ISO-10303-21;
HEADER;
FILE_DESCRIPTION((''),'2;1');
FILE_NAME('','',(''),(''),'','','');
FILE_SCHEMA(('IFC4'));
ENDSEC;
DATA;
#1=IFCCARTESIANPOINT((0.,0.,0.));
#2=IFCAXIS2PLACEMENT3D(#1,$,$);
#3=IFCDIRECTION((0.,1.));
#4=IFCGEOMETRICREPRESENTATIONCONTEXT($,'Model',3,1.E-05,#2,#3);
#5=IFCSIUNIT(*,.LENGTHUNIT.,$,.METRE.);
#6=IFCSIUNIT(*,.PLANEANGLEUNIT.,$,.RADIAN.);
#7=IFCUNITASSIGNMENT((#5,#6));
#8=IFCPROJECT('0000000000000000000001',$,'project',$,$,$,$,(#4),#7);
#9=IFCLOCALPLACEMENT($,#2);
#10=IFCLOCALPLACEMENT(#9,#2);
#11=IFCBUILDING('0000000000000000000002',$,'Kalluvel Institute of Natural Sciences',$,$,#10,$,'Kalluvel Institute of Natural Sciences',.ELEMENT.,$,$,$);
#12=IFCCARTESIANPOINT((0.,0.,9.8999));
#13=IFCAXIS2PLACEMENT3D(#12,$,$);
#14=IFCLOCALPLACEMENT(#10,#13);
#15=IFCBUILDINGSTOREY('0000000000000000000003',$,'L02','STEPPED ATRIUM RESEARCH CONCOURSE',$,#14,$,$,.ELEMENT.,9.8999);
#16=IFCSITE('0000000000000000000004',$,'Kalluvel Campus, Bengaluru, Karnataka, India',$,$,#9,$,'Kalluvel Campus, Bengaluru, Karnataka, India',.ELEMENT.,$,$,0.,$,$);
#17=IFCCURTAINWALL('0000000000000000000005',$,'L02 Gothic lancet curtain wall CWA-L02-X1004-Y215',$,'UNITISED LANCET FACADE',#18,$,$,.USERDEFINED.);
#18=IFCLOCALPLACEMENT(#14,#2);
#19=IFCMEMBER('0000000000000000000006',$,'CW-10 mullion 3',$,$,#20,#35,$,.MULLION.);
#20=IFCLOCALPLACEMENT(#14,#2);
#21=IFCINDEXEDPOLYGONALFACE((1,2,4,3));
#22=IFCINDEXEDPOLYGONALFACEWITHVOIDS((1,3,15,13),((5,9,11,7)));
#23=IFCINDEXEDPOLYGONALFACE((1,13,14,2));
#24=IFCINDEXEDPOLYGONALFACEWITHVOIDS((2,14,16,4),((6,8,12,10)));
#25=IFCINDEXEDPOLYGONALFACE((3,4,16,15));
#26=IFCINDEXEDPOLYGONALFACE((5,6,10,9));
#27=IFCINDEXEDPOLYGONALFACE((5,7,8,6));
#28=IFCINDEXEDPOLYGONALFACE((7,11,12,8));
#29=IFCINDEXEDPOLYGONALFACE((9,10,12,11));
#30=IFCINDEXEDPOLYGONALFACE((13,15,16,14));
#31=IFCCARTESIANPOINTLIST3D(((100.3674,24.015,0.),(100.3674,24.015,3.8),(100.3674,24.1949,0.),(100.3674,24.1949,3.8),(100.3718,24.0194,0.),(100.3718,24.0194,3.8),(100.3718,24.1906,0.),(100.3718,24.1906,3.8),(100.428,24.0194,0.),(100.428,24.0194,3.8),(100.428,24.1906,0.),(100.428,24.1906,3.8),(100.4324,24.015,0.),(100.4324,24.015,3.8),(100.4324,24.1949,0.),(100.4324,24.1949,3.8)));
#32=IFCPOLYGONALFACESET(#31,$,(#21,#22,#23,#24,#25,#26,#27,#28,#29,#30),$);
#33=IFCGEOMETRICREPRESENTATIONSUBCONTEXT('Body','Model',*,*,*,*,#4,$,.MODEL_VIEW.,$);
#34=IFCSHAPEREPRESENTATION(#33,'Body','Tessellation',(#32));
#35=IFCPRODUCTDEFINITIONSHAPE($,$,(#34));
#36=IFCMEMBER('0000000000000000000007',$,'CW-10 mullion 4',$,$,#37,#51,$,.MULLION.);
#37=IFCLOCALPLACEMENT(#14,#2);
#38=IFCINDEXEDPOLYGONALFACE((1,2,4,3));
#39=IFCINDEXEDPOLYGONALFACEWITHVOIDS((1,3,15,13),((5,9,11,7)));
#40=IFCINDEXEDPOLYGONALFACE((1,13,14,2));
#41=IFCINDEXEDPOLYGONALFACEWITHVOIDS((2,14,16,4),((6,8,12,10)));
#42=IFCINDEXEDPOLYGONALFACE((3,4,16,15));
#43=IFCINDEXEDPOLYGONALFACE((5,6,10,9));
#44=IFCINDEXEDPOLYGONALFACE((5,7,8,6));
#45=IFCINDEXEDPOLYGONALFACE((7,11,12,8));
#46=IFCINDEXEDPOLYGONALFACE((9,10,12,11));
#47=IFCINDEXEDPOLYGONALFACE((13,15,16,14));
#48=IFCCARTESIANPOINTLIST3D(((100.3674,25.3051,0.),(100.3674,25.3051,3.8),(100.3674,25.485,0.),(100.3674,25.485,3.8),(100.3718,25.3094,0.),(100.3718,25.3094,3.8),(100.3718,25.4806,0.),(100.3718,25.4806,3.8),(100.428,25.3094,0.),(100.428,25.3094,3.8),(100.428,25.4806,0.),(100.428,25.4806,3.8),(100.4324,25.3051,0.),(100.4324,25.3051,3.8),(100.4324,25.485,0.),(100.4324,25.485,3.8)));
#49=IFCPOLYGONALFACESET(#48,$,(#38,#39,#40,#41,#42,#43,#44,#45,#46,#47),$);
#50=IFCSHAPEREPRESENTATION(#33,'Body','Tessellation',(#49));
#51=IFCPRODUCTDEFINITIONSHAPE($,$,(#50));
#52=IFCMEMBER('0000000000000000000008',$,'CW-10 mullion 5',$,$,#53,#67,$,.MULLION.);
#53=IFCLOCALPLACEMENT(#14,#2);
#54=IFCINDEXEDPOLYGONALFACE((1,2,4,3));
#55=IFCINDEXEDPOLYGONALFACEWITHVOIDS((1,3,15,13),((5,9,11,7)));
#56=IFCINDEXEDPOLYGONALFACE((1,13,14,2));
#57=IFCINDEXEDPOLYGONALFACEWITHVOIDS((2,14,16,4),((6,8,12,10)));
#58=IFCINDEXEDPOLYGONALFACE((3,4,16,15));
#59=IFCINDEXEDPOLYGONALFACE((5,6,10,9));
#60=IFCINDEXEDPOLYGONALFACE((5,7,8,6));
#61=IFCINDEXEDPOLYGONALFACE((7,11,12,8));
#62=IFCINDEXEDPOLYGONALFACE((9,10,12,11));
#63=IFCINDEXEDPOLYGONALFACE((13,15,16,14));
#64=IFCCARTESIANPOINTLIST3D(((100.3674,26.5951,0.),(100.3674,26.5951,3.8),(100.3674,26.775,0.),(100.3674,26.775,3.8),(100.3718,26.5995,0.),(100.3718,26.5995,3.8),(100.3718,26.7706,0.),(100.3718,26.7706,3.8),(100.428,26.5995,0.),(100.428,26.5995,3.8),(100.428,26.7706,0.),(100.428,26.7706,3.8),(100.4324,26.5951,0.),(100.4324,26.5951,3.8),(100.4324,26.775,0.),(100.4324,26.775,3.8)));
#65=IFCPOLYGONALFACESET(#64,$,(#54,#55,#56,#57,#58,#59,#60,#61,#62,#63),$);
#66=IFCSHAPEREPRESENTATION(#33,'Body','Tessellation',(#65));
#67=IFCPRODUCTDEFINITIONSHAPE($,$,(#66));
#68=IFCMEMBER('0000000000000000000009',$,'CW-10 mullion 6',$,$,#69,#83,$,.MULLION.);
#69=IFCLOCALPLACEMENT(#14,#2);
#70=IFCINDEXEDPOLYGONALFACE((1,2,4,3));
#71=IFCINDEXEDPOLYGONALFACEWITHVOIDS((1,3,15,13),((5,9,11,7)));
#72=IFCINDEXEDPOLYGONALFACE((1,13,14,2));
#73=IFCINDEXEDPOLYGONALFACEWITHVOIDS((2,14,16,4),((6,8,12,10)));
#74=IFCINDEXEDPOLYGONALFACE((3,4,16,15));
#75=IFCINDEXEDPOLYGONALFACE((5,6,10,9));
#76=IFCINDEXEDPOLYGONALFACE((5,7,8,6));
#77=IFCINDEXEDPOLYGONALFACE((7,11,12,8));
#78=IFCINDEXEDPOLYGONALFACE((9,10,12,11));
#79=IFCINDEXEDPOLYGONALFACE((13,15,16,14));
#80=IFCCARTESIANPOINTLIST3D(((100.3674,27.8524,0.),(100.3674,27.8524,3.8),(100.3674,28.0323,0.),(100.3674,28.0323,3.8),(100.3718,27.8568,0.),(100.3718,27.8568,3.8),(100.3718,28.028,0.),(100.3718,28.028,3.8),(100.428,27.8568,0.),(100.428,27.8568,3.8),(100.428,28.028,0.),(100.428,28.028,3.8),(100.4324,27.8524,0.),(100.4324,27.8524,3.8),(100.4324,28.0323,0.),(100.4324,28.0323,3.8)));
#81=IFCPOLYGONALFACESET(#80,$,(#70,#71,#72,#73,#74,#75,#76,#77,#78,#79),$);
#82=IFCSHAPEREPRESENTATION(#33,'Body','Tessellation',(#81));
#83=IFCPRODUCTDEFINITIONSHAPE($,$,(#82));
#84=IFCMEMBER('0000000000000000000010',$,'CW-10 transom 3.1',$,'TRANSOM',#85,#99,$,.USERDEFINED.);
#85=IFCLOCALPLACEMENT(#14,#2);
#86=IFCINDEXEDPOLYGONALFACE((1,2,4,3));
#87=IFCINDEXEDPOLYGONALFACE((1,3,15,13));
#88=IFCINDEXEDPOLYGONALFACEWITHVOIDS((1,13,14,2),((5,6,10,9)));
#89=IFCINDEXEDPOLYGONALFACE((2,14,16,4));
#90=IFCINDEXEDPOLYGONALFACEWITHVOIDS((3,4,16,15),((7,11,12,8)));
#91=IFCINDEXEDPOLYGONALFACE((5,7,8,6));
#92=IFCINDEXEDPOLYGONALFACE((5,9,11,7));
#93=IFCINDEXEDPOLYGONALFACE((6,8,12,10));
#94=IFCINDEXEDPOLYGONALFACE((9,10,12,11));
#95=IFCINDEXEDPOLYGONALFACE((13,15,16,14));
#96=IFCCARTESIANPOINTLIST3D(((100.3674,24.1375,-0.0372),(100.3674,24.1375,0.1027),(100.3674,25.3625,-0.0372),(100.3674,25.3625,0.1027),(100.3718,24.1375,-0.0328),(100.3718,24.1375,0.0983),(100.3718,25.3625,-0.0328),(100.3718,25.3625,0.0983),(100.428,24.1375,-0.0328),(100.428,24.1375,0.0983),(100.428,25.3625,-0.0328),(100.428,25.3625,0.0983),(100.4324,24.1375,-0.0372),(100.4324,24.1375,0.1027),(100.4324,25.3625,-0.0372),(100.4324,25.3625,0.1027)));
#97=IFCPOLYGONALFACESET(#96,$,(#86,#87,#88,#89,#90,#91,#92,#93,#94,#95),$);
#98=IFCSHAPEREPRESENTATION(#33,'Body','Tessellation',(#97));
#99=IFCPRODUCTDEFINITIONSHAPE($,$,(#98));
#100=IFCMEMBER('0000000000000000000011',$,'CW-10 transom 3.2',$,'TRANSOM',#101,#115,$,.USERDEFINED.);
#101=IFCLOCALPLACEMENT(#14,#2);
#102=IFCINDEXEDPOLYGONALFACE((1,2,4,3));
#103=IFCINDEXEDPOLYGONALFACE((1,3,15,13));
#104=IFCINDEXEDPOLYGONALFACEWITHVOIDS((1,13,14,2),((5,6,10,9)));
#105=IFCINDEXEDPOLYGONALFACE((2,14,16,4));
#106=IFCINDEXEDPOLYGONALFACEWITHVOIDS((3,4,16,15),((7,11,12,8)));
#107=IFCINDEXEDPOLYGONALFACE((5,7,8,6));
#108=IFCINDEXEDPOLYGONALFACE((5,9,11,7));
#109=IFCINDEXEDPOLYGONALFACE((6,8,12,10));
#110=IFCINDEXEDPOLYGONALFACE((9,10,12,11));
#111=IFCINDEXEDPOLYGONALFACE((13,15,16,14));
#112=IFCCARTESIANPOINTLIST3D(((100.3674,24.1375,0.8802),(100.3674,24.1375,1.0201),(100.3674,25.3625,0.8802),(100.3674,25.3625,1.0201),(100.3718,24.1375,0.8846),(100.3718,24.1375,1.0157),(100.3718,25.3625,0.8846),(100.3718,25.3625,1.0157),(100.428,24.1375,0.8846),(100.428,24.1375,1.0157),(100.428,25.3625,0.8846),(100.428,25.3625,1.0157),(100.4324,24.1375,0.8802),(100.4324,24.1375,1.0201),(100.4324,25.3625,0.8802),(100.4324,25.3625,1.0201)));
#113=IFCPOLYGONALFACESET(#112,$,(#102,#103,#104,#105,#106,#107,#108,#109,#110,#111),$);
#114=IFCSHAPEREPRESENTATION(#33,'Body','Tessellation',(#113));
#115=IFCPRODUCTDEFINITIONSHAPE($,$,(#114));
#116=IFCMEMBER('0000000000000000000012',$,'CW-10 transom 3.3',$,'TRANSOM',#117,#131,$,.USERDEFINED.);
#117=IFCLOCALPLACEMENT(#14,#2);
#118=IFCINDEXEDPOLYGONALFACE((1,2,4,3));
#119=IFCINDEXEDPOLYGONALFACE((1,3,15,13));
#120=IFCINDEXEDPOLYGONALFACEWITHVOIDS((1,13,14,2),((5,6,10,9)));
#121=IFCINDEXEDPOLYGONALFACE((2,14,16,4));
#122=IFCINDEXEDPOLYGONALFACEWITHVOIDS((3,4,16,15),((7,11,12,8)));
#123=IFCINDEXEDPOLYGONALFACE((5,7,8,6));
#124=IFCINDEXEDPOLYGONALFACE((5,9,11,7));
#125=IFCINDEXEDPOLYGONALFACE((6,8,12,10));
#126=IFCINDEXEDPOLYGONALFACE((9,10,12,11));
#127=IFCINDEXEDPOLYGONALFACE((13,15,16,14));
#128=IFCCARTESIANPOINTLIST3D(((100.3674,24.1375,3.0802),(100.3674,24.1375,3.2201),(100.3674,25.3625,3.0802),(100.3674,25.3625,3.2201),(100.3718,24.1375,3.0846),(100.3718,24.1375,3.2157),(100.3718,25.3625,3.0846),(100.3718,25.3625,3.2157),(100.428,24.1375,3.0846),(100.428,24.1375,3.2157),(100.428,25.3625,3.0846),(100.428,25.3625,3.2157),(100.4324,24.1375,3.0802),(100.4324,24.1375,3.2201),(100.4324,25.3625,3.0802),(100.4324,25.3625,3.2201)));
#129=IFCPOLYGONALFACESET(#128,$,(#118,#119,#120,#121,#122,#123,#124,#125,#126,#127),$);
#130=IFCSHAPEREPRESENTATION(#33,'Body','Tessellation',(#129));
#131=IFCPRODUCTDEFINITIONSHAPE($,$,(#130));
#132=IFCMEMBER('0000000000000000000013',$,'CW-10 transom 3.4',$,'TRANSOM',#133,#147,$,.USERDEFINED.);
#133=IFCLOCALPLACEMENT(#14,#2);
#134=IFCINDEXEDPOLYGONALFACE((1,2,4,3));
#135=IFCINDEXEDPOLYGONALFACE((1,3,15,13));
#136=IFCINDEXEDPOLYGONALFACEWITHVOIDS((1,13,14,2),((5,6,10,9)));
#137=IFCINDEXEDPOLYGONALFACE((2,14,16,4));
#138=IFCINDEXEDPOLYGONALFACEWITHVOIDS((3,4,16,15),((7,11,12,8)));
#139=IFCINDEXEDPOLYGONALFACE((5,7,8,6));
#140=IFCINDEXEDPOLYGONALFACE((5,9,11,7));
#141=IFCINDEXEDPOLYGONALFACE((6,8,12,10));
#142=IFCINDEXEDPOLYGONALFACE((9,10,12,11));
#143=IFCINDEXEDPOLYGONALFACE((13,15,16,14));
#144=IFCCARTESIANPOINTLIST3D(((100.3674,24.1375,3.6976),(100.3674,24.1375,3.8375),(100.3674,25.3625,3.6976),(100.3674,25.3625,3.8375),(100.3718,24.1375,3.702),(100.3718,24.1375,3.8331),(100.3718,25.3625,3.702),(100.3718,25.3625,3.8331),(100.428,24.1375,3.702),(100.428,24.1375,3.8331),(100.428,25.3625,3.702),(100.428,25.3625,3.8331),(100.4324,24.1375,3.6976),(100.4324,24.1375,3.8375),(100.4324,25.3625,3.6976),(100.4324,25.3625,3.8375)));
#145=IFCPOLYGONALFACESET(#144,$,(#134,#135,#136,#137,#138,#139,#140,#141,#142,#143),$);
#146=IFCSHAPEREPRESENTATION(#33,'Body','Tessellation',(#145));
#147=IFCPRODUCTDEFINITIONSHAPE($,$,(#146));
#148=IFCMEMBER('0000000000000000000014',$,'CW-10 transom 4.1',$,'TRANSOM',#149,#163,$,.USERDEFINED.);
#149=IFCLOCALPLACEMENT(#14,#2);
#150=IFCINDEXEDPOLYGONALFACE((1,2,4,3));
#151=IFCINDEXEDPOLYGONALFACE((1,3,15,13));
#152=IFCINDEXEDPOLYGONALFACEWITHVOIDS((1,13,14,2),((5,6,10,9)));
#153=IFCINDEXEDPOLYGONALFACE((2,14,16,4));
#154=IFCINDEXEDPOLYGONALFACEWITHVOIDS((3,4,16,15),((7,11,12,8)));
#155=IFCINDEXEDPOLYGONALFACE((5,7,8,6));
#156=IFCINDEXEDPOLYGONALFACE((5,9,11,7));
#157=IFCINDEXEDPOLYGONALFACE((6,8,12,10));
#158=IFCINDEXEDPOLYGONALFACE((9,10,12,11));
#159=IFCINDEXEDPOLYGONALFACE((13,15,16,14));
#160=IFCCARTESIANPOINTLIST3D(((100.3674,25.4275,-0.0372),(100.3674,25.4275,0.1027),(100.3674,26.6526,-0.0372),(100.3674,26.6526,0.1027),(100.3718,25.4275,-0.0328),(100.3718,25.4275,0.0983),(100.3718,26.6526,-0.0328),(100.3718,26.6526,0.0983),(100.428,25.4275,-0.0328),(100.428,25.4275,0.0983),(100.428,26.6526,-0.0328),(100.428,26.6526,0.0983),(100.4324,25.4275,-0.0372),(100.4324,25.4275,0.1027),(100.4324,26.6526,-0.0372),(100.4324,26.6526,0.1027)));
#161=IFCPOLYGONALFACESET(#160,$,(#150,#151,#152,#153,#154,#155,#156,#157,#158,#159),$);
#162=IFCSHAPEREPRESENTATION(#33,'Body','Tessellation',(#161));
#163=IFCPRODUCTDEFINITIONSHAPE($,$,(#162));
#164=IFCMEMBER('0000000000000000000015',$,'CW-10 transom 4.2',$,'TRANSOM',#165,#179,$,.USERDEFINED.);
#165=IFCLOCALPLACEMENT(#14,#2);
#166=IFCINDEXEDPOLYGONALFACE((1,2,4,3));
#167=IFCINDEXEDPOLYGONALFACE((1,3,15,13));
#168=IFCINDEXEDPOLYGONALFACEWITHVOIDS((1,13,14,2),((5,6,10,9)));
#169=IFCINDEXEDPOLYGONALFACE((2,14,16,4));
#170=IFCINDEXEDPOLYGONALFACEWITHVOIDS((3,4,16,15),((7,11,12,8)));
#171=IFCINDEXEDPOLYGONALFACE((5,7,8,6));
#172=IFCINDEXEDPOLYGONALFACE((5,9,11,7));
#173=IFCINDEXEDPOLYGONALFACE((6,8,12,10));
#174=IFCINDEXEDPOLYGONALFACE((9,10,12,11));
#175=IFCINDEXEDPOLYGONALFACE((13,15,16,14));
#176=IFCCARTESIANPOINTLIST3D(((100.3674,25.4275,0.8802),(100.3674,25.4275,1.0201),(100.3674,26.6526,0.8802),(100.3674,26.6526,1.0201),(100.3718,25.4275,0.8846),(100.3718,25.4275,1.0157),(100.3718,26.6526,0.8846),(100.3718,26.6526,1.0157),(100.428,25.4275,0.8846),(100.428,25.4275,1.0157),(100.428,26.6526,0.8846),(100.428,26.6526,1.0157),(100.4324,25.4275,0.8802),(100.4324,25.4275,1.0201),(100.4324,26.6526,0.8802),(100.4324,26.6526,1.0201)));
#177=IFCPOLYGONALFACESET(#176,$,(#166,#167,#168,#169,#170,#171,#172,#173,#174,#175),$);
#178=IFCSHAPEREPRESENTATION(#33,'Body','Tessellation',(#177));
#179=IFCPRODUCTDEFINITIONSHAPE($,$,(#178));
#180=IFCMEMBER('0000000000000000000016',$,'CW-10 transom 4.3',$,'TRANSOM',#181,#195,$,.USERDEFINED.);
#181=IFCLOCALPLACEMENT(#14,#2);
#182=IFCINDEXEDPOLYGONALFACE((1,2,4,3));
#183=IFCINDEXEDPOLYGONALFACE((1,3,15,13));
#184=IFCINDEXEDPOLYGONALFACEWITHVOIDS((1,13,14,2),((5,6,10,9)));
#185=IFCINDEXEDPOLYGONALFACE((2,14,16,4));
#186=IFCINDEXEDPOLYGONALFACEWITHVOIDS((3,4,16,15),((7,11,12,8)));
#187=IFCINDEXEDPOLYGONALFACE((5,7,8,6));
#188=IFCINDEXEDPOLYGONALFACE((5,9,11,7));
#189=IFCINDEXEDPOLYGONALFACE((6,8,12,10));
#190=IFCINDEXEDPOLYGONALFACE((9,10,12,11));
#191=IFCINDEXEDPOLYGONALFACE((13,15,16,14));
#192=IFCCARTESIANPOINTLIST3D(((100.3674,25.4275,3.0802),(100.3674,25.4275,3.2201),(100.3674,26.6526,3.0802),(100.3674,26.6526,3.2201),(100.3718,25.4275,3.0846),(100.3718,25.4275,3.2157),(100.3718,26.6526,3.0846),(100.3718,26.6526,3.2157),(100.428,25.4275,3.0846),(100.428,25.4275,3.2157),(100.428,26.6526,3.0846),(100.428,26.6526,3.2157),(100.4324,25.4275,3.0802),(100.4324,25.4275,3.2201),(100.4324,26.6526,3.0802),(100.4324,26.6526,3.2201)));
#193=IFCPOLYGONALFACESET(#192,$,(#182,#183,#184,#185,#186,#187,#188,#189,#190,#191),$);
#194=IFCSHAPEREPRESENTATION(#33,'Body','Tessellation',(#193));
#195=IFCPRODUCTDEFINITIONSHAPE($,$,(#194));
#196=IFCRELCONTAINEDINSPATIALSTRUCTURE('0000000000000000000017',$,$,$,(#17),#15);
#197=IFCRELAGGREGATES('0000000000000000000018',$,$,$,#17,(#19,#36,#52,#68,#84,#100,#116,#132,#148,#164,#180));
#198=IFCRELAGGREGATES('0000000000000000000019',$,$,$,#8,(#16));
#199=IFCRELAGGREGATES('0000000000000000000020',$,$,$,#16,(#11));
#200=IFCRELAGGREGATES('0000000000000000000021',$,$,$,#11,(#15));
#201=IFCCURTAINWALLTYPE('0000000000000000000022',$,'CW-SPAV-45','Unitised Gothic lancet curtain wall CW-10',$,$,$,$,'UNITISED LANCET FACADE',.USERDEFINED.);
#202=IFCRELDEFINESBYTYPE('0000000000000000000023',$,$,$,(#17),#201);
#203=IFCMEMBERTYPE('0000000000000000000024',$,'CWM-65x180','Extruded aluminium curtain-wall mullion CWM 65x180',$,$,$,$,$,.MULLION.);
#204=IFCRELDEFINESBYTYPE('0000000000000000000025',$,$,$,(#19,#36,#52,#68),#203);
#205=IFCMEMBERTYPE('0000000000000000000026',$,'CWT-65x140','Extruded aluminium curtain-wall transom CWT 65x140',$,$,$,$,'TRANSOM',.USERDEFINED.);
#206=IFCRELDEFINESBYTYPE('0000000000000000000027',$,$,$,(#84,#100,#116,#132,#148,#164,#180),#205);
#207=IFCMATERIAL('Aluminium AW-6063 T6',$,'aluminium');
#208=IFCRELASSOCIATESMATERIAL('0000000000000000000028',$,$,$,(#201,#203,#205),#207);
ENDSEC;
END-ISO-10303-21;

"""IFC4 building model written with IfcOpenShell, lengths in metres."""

from ifc_helpers import new_model, si_unit, direction, frame, origin, origin_2d, place, context, subcontext, project, spatial, hollow_rectangle, extrude, material, material_profile, profile_set, type_object, element, aggregate, save


model = new_model("IFC4")

# Units and contexts
model_context = context("Model", 3, precision=1e-05, world=origin(), true_north=direction((0.0, 1.0)))
body_context = subcontext(model_context, "Body", "Model", "MODEL_VIEW")
ifc_project = project(units=[si_unit("LENGTHUNIT", "METRE"), si_unit("PLANEANGLEUNIT", "RADIAN")], contexts=[model_context])

# Site, building, storey
site_placement = place(None, origin())
site = spatial("IfcSite", under=ifc_project, at=site_placement, Name="Kalluvel Campus, Bengaluru, Karnataka, India", LongName="Kalluvel Campus, Bengaluru, Karnataka, India", CompositionType="ELEMENT", RefElevation=0.0)
building_placement = place(site_placement, origin())
building = spatial("IfcBuilding", under=site, at=building_placement, Name="Kalluvel Institute of Natural Sciences", LongName="Kalluvel Institute of Natural Sciences", CompositionType="ELEMENT")
storey_placement = place(building_placement, frame((0.0, 0.0, 9.8999)))
storey = spatial("IfcBuildingStorey", under=building, at=storey_placement, Name="L02", Description="STEPPED ATRIUM RESEARCH CONCOURSE", CompositionType="ELEMENT", Elevation=9.8999)

# Curtain wall, members
ifc_material_1 = material(Name="Aluminium AW-6063 T6", Category="aluminium")
curtain_wall_type = type_object("IfcCurtainWallType", Name="CW-SPAV-45", Description="Unitised Gothic lancet curtain wall CW-10", ElementType="UNITISED LANCET FACADE", PredefinedType="USERDEFINED", material=ifc_material_1)
curtain_wall_placement = place(storey_placement, origin())
curtain_wall = element("IfcCurtainWall", 1, at=curtain_wall_placement, inside=storey, type_object=curtain_wall_type, Name="L02 Gothic lancet curtain wall CWA-L02-X1004-Y215", ObjectType="UNITISED LANCET FACADE", PredefinedType="USERDEFINED")
ifc_material_profile_1 = material_profile(ifc_material_1, hollow_rectangle(XDim=0.0649, YDim=0.1799, WallThickness=0.0044, at=origin_2d()), Name="CWM 65x180")
ifc_profile_set_1 = profile_set([ifc_material_profile_1], Name="Aluminium AW-6063 T6")
member_type_1 = type_object("IfcMemberType", Name="CWM-65x180", Description="Extruded aluminium curtain-wall mullion CWM 65x180", PredefinedType="MULLION", material=ifc_profile_set_1)
member_1_placement = place(storey_placement, frame((100.3999, 24.105, 0.0), z_axis=(0.0, 0.0, 1.0), x_axis=(-1.0, 0.0, 0.0)))
member_1 = element("IfcMember", 2, at=member_1_placement, type_object=member_type_1, Name="CW-10 mullion 3", PredefinedType="MULLION", context=body_context, shape_type="SweptSolid", body=[
    extrude(hollow_rectangle(XDim=0.0649, YDim=0.1799, WallThickness=0.0044, at=origin_2d()), origin(), (0.0, 0.0, 1.0), 3.8),
])
member_2_placement = place(storey_placement, frame((100.3999, 25.395, 0.0), z_axis=(0.0, 0.0, 1.0), x_axis=(-1.0, 0.0, 0.0)))
member_2 = element("IfcMember", 3, at=member_2_placement, type_object=member_type_1, Name="CW-10 mullion 4", PredefinedType="MULLION", context=body_context, shape_type="SweptSolid", body=[
    extrude(hollow_rectangle(XDim=0.0649, YDim=0.1799, WallThickness=0.0044, at=origin_2d()), origin(), (0.0, 0.0, 1.0), 3.8),
])
member_3_placement = place(storey_placement, frame((100.3999, 26.6851, 0.0), z_axis=(0.0, 0.0, 1.0), x_axis=(-1.0, 0.0, 0.0)))
member_3 = element("IfcMember", 4, at=member_3_placement, type_object=member_type_1, Name="CW-10 mullion 5", PredefinedType="MULLION", context=body_context, shape_type="SweptSolid", body=[
    extrude(hollow_rectangle(XDim=0.0649, YDim=0.1799, WallThickness=0.0044, at=origin_2d()), origin(), (0.0, 0.0, 1.0), 3.8),
])
member_4_placement = place(storey_placement, frame((100.3999, 27.9424, 0.0), z_axis=(0.0, 0.0, 1.0), x_axis=(-1.0, 0.0, 0.0)))
member_4 = element("IfcMember", 5, at=member_4_placement, type_object=member_type_1, Name="CW-10 mullion 6", PredefinedType="MULLION", context=body_context, shape_type="SweptSolid", body=[
    extrude(hollow_rectangle(XDim=0.0649, YDim=0.1799, WallThickness=0.0044, at=origin_2d()), origin(), (0.0, 0.0, 1.0), 3.8),
])
ifc_material_profile_2 = material_profile(ifc_material_1, hollow_rectangle(XDim=0.0649, YDim=0.1399, WallThickness=0.0044, at=origin_2d()), Name="CWT 65x140")
ifc_profile_set_2 = profile_set([ifc_material_profile_2], Name="Aluminium AW-6063 T6")
member_type_2 = type_object("IfcMemberType", Name="CWT-65x140", Description="Extruded aluminium curtain-wall transom CWT 65x140", ElementType="TRANSOM", PredefinedType="USERDEFINED", material=ifc_profile_set_2)
member_5_placement = place(storey_placement, frame((100.3999, 24.1375, 0.0327), z_axis=(0.0, 1.0, 0.0), x_axis=(-1.0, 0.0, 0.0)))
member_5 = element("IfcMember", 6, at=member_5_placement, type_object=member_type_2, Name="CW-10 transom 3.1", ObjectType="TRANSOM", PredefinedType="USERDEFINED", context=body_context, shape_type="SweptSolid", body=[
    extrude(hollow_rectangle(XDim=0.0649, YDim=0.1399, WallThickness=0.0044, at=origin_2d()), origin(), (0.0, 0.0, 1.0), 1.2251),
])
member_6_placement = place(storey_placement, frame((100.3999, 24.1375, 0.9502), z_axis=(0.0, 1.0, 0.0), x_axis=(-1.0, 0.0, 0.0)))
member_6 = element("IfcMember", 7, at=member_6_placement, type_object=member_type_2, Name="CW-10 transom 3.2", ObjectType="TRANSOM", PredefinedType="USERDEFINED", context=body_context, shape_type="SweptSolid", body=[
    extrude(hollow_rectangle(XDim=0.0649, YDim=0.1399, WallThickness=0.0044, at=origin_2d()), origin(), (0.0, 0.0, 1.0), 1.2251),
])
member_7_placement = place(storey_placement, frame((100.3999, 24.1375, 3.1501), z_axis=(0.0, 1.0, 0.0), x_axis=(-1.0, 0.0, 0.0)))
member_7 = element("IfcMember", 8, at=member_7_placement, type_object=member_type_2, Name="CW-10 transom 3.3", ObjectType="TRANSOM", PredefinedType="USERDEFINED", context=body_context, shape_type="SweptSolid", body=[
    extrude(hollow_rectangle(XDim=0.0649, YDim=0.1399, WallThickness=0.0044, at=origin_2d()), origin(), (0.0, 0.0, 1.0), 1.2251),
])
member_8_placement = place(storey_placement, frame((100.3999, 24.1375, 3.7676), z_axis=(0.0, 1.0, 0.0), x_axis=(-1.0, 0.0, 0.0)))
member_8 = element("IfcMember", 9, at=member_8_placement, type_object=member_type_2, Name="CW-10 transom 3.4", ObjectType="TRANSOM", PredefinedType="USERDEFINED", context=body_context, shape_type="SweptSolid", body=[
    extrude(hollow_rectangle(XDim=0.0649, YDim=0.1399, WallThickness=0.0044, at=origin_2d()), origin(), (0.0, 0.0, 1.0), 1.2251),
])
member_9_placement = place(storey_placement, frame((100.3999, 25.4275, 0.0327), z_axis=(0.0, 1.0, 0.0), x_axis=(-1.0, 0.0, 0.0)))
member_9 = element("IfcMember", 10, at=member_9_placement, type_object=member_type_2, Name="CW-10 transom 4.1", ObjectType="TRANSOM", PredefinedType="USERDEFINED", context=body_context, shape_type="SweptSolid", body=[
    extrude(hollow_rectangle(XDim=0.0649, YDim=0.1399, WallThickness=0.0044, at=origin_2d()), origin(), (0.0, 0.0, 1.0), 1.2251),
])
member_10_placement = place(storey_placement, frame((100.3999, 25.4275, 0.9502), z_axis=(0.0, 1.0, 0.0), x_axis=(-1.0, 0.0, 0.0)))
member_10 = element("IfcMember", 11, at=member_10_placement, type_object=member_type_2, Name="CW-10 transom 4.2", ObjectType="TRANSOM", PredefinedType="USERDEFINED", context=body_context, shape_type="SweptSolid", body=[
    extrude(hollow_rectangle(XDim=0.0649, YDim=0.1399, WallThickness=0.0044, at=origin_2d()), origin(), (0.0, 0.0, 1.0), 1.2251),
])
member_11_placement = place(storey_placement, frame((100.3999, 25.4275, 3.1501), z_axis=(0.0, 1.0, 0.0), x_axis=(-1.0, 0.0, 0.0)))
member_11 = element("IfcMember", 12, at=member_11_placement, type_object=member_type_2, Name="CW-10 transom 4.3", ObjectType="TRANSOM", PredefinedType="USERDEFINED", context=body_context, shape_type="SweptSolid", body=[
    extrude(hollow_rectangle(XDim=0.0649, YDim=0.1399, WallThickness=0.0044, at=origin_2d()), origin(), (0.0, 0.0, 1.0), 1.2251),
])
aggregate(curtain_wall, [member_1, member_2, member_3, member_4, member_5, member_6, member_7, member_8, member_9, member_10, member_11])

save(model, "model.ifc")
